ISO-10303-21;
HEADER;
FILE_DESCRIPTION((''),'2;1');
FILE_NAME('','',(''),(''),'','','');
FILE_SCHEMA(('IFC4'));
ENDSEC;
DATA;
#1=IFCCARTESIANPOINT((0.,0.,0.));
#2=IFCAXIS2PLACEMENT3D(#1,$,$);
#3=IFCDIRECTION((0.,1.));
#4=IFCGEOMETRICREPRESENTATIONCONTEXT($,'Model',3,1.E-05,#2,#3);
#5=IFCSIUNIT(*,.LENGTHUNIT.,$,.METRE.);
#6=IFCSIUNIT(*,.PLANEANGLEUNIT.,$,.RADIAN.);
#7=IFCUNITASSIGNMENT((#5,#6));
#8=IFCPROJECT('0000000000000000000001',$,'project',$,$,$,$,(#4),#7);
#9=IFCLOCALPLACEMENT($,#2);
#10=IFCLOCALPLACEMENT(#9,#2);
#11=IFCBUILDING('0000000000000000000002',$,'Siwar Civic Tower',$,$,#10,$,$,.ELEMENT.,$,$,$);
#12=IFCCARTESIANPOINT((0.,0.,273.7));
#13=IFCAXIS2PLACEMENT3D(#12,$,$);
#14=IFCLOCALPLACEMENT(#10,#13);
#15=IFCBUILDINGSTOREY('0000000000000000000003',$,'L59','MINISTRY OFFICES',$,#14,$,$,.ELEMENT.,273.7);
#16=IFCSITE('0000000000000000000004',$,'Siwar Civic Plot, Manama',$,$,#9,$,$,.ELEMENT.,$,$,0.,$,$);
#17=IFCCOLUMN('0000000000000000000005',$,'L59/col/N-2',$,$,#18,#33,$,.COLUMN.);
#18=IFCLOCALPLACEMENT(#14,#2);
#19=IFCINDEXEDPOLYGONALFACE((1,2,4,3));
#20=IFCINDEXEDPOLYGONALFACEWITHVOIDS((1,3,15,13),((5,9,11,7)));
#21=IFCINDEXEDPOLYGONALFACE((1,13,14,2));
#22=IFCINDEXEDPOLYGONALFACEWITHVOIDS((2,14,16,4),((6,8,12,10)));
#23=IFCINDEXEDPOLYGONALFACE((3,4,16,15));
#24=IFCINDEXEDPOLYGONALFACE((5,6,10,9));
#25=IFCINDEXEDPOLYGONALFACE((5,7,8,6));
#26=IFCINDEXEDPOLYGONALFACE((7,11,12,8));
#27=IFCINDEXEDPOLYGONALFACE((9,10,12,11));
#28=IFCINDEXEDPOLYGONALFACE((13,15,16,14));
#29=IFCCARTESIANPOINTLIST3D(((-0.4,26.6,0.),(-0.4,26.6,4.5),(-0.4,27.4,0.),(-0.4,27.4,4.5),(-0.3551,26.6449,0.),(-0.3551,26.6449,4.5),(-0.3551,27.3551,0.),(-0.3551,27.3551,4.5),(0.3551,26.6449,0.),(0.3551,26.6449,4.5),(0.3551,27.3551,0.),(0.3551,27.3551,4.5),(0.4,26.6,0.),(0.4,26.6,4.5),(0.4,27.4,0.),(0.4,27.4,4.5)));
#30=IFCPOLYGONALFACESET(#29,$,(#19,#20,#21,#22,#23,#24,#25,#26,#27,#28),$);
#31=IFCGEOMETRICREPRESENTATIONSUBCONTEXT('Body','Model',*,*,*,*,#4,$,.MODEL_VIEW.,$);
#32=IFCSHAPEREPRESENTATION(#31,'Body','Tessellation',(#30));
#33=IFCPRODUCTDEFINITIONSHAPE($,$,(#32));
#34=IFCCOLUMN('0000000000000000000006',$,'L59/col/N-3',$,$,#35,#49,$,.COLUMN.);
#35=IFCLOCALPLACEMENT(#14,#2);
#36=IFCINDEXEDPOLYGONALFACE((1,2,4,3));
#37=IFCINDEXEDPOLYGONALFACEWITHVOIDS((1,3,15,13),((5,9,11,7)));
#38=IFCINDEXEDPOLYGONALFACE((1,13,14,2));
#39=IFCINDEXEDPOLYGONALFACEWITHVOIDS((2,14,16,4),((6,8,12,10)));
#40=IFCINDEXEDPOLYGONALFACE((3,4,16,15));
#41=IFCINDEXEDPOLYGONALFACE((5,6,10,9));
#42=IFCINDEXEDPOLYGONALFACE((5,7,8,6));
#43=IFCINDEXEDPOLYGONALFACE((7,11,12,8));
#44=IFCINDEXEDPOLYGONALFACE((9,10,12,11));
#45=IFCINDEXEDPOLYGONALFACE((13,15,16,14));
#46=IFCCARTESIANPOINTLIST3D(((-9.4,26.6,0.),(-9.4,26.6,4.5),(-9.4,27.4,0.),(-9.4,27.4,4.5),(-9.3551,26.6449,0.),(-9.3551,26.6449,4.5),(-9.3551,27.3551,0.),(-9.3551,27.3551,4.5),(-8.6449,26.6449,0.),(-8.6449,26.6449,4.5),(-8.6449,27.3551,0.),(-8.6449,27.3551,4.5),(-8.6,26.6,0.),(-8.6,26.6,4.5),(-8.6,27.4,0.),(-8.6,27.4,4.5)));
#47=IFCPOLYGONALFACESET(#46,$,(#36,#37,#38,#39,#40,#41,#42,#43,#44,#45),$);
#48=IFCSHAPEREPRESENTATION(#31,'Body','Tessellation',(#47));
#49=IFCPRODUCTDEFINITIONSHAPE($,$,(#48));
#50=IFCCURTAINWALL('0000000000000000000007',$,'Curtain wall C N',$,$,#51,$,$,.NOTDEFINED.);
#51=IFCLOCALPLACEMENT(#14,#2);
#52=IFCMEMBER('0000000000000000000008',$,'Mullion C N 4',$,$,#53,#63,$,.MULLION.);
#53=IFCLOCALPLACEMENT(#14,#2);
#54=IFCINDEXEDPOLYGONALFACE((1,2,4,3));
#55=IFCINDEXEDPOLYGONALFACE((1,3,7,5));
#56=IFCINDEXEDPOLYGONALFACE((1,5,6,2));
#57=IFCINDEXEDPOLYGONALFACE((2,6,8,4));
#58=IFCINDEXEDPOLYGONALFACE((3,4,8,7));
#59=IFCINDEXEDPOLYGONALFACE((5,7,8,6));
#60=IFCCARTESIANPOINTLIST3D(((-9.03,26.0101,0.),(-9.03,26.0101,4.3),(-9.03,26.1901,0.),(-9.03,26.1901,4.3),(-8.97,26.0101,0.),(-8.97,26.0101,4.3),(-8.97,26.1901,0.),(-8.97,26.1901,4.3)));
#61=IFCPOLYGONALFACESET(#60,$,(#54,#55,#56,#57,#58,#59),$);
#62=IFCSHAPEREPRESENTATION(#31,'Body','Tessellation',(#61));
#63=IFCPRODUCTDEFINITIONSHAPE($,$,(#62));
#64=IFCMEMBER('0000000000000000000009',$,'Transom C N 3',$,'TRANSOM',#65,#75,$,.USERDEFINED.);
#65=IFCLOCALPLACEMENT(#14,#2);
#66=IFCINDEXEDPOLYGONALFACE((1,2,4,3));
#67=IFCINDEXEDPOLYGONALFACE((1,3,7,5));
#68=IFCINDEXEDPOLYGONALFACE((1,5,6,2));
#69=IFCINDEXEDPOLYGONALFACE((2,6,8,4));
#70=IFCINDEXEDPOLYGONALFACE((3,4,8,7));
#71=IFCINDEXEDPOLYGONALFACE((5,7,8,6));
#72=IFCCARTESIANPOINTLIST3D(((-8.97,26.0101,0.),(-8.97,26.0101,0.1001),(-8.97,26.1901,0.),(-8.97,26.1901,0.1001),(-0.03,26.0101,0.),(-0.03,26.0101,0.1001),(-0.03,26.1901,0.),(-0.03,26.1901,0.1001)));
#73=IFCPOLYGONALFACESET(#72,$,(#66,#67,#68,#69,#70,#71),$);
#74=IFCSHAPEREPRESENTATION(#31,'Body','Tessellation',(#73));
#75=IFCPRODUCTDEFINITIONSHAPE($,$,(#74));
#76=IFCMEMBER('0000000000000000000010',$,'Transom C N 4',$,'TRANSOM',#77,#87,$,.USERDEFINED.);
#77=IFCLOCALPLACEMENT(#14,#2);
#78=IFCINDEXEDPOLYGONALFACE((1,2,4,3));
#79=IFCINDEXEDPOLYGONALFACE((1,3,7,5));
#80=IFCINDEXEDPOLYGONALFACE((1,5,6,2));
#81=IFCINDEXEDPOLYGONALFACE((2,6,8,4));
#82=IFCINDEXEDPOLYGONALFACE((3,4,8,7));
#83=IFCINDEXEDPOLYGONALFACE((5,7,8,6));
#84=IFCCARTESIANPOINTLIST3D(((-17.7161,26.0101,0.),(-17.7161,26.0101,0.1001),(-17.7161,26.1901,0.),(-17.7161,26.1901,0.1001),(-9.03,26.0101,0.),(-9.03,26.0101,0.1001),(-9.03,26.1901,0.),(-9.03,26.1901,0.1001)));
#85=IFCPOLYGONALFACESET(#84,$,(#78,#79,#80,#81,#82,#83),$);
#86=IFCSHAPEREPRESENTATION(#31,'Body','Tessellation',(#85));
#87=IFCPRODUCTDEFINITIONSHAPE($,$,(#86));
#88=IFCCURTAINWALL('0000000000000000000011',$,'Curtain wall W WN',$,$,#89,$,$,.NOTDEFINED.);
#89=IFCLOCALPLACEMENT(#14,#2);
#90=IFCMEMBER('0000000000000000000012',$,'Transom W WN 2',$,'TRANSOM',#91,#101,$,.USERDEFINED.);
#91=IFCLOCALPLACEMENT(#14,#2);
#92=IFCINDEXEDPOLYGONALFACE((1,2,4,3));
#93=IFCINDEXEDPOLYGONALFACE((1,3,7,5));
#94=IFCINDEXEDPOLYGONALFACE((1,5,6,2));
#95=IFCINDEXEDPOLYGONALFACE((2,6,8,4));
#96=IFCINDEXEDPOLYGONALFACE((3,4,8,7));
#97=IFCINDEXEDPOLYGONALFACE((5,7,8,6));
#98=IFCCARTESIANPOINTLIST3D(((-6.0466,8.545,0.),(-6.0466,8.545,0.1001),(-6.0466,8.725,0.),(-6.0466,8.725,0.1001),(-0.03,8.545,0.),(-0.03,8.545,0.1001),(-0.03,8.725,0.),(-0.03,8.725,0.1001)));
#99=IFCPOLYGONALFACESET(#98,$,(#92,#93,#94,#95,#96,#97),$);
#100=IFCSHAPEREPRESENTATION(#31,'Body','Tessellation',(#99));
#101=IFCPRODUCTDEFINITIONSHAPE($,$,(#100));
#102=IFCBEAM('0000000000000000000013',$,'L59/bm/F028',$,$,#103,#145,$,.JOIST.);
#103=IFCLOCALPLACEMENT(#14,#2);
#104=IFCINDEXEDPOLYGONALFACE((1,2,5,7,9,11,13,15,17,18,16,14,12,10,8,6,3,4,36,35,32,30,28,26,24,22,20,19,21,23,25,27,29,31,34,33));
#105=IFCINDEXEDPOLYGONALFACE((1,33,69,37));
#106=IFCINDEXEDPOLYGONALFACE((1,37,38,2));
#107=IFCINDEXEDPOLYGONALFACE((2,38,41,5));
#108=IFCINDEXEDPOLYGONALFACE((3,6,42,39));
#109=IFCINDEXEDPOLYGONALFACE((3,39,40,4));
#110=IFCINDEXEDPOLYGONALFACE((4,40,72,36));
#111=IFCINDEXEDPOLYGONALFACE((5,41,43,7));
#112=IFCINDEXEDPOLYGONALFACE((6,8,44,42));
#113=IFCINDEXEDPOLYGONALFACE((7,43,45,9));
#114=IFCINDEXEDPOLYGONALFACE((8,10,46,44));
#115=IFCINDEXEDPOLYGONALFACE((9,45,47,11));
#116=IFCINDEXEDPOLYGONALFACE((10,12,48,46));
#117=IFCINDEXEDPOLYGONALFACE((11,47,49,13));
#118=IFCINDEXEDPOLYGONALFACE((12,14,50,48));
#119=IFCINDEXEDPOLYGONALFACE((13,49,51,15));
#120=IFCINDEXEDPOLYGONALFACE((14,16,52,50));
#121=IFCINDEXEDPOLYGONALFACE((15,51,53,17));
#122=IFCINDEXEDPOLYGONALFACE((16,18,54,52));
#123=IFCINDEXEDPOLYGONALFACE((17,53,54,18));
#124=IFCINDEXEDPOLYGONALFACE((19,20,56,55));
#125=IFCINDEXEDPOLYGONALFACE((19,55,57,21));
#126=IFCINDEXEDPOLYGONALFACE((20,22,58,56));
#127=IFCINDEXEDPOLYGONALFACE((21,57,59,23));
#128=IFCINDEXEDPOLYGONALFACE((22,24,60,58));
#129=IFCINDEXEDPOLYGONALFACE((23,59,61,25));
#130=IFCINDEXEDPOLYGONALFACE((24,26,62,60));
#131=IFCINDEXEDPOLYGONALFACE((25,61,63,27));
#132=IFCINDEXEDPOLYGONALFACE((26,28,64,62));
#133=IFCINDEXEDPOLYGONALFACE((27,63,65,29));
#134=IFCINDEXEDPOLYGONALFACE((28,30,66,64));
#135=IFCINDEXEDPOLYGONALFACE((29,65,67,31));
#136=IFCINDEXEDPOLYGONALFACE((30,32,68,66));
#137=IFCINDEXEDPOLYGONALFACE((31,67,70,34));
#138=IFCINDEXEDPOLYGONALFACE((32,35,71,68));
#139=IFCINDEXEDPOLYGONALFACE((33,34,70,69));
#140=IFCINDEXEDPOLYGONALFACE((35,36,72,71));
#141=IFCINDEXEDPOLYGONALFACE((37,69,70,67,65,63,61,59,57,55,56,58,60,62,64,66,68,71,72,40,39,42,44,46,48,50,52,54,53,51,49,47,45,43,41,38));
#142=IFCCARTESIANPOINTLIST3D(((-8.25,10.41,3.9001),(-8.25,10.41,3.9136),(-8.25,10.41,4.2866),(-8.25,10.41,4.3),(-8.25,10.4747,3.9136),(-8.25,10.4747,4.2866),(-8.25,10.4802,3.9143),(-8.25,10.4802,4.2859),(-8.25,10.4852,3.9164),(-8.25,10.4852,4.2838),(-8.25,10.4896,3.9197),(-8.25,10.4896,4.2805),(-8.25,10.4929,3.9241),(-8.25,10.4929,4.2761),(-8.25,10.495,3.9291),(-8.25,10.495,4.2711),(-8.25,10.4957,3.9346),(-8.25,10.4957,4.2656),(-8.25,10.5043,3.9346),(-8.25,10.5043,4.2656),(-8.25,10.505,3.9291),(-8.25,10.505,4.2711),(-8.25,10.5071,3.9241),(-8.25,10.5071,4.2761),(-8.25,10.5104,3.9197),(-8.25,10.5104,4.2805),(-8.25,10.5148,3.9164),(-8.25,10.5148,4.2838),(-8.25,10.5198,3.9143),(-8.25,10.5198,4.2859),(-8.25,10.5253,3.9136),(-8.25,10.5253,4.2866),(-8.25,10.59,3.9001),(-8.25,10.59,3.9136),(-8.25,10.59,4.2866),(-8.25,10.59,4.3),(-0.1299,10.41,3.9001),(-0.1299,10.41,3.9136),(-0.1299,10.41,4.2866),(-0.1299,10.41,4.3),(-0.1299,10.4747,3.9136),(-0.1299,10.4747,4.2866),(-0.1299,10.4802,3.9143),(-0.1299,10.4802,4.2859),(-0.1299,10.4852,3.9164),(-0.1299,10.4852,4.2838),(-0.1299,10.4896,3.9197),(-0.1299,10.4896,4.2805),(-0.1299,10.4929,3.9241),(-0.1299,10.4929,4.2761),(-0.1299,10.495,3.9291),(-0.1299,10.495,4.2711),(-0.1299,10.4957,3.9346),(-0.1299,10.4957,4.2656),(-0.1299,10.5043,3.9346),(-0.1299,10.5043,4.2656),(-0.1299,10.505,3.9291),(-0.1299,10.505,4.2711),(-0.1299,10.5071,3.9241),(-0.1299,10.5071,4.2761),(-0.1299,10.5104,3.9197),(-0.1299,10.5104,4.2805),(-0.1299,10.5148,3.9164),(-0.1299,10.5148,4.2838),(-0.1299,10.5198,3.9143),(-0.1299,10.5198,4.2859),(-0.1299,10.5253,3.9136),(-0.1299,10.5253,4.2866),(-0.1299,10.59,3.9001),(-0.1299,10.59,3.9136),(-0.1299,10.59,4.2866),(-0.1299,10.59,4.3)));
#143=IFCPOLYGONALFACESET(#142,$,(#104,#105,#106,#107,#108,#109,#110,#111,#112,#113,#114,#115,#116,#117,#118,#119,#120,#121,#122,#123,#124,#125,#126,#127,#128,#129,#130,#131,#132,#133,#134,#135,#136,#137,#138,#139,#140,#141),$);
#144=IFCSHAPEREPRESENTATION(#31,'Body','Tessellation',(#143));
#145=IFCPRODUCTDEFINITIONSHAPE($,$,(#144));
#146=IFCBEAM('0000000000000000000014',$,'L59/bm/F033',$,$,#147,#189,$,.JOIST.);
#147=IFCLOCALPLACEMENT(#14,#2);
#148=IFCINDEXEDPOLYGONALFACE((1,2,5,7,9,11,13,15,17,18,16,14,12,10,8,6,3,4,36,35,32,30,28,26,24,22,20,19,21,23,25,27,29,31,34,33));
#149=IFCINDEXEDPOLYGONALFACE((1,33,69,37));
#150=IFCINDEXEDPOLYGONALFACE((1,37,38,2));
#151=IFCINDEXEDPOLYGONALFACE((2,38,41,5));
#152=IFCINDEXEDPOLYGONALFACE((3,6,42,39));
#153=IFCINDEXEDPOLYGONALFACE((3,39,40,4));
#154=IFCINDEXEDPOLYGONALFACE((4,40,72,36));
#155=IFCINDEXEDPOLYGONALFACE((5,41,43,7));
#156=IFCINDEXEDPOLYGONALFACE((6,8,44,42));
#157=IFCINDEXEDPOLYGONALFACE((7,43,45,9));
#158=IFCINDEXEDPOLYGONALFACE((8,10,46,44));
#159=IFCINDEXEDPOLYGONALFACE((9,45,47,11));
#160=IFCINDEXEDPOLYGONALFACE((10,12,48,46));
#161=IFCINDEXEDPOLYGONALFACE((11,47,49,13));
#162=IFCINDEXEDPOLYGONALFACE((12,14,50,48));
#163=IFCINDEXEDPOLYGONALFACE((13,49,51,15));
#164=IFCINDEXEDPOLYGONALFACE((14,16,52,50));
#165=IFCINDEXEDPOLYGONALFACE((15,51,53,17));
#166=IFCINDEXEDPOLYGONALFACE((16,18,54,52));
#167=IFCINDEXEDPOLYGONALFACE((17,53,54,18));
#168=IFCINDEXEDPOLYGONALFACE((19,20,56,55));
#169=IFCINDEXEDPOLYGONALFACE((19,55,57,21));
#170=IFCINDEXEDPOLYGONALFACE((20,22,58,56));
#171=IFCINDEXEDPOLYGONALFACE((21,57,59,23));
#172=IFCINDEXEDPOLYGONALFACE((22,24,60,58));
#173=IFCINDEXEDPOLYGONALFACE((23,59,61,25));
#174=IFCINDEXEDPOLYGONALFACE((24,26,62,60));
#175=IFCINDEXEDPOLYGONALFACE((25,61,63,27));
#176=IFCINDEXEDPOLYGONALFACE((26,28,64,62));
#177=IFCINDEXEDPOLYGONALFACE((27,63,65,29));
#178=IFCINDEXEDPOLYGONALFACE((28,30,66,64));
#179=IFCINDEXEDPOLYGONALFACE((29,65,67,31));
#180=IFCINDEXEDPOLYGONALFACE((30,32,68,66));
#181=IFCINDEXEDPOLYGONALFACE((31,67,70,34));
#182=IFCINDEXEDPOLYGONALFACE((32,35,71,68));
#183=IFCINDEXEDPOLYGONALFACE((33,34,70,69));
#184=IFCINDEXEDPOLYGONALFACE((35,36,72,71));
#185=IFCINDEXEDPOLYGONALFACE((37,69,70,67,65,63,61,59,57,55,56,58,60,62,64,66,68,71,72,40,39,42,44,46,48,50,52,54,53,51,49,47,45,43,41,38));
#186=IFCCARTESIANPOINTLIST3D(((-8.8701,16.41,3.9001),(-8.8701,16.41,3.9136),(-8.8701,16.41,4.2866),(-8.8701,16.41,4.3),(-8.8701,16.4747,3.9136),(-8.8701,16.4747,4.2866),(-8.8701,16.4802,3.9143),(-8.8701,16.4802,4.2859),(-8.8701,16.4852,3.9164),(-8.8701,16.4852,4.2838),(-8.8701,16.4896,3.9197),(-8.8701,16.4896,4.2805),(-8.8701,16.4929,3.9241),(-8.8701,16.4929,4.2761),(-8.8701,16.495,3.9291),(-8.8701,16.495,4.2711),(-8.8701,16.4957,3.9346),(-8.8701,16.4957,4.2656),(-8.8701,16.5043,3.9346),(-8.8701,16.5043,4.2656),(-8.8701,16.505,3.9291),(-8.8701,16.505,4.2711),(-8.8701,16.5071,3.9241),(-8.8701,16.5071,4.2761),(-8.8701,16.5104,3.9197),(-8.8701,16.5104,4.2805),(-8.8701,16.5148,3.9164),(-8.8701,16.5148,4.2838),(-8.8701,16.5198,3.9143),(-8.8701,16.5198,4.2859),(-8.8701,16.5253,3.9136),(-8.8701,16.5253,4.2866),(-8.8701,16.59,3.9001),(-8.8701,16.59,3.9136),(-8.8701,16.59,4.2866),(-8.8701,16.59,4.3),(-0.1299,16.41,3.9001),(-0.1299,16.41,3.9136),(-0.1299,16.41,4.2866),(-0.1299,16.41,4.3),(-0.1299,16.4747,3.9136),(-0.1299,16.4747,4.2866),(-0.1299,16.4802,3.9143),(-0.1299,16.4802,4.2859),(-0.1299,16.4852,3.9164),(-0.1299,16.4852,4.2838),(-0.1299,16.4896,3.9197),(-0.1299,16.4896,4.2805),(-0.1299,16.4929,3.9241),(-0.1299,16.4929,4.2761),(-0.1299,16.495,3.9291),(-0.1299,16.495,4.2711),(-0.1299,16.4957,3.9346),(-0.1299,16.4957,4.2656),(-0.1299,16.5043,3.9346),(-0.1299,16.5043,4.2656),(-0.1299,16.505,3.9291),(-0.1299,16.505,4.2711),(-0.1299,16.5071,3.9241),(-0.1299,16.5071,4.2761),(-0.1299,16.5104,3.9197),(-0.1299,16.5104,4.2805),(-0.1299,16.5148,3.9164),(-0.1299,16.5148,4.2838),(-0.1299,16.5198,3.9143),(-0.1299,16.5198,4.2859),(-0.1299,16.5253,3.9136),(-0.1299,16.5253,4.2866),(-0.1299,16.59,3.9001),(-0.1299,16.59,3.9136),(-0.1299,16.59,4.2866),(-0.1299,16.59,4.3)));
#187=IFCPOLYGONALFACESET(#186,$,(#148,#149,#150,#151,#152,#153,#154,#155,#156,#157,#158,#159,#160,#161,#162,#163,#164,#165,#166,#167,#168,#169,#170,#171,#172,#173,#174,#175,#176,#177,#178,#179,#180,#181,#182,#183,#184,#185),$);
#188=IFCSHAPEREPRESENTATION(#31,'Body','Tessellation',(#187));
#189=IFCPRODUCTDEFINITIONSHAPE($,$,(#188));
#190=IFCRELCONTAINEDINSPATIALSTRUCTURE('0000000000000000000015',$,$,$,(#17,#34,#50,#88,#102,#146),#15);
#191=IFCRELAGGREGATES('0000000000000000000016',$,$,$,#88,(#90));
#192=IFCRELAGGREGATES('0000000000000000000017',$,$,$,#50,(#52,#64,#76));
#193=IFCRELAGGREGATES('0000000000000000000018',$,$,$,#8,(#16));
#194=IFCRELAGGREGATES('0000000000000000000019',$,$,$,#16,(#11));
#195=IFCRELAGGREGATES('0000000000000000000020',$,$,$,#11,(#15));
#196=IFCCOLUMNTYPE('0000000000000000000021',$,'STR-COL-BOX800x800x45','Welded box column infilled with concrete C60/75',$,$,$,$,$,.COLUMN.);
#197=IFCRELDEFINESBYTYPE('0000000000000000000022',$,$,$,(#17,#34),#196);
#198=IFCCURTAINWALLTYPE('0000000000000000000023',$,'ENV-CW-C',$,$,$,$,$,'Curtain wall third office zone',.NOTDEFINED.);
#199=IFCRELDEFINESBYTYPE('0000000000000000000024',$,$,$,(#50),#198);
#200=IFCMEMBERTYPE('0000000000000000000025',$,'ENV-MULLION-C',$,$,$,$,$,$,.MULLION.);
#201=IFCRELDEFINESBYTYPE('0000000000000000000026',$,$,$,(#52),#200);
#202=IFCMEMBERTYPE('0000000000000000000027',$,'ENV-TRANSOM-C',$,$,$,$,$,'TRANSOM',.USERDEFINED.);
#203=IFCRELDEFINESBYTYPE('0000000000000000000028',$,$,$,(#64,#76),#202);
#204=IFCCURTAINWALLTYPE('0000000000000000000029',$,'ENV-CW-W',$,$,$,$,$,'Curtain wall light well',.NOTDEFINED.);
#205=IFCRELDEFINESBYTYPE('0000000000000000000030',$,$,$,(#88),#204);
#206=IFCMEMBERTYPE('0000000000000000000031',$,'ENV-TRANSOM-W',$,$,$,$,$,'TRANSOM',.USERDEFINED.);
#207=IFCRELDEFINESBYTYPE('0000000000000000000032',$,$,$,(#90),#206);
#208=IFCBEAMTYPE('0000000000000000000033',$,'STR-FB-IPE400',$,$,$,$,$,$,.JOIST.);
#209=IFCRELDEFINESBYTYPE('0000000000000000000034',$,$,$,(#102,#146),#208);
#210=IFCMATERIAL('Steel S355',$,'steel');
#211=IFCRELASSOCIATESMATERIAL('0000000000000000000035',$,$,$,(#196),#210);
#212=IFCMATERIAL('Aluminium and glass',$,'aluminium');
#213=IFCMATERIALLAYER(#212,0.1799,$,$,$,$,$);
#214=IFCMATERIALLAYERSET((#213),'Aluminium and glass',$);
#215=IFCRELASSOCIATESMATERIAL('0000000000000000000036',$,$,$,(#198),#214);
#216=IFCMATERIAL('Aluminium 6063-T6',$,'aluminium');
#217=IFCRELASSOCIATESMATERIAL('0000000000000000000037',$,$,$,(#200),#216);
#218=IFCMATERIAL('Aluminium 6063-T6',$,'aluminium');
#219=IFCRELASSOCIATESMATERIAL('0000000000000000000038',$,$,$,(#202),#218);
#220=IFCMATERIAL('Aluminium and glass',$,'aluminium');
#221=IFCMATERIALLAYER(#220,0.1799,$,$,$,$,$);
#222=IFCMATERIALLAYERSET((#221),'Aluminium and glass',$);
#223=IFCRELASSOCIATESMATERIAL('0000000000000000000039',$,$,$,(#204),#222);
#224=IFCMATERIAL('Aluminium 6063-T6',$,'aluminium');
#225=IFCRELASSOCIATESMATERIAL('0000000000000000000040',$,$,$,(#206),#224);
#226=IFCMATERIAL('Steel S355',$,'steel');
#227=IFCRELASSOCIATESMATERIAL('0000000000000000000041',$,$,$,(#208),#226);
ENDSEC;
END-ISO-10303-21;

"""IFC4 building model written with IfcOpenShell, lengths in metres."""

from ifc_helpers import new_model, si_unit, direction, frame, origin, origin_2d, place, context, subcontext, project, spatial, rectangle, hollow_rectangle, i_section, extrude, material, layer, layer_set, material_profile, profile_set, type_object, element, aggregate, save


model = new_model("IFC4")

# Units and contexts
model_context = context("Model", 3, precision=1e-05, world=origin(), true_north=direction((0.0, 1.0)))
body_context = subcontext(model_context, "Body", "Model", "MODEL_VIEW")
ifc_project = project(units=[si_unit("LENGTHUNIT", "METRE"), si_unit("PLANEANGLEUNIT", "RADIAN")], contexts=[model_context])

# Site, building, storey
site_placement = place(None, origin())
site = spatial("IfcSite", under=ifc_project, at=site_placement, Name="Siwar Civic Plot, Manama", CompositionType="ELEMENT", RefElevation=0.0)
building_placement = place(site_placement, origin())
building = spatial("IfcBuilding", under=site, at=building_placement, Name="Siwar Civic Tower", CompositionType="ELEMENT")
storey_placement = place(building_placement, frame((0.0, 0.0, 273.7)))
storey = spatial("IfcBuildingStorey", under=building, at=storey_placement, Name="L59", Description="MINISTRY OFFICES", CompositionType="ELEMENT", Elevation=273.7)

# Columns
ifc_material_1 = material(Name="Steel S355", Category="steel")
ifc_material_profile_1 = material_profile(ifc_material_1, hollow_rectangle(XDim=0.8, YDim=0.8, WallThickness=0.0449, at=origin_2d()), Name="BOX800x800x45")
ifc_profile_set_1 = profile_set([ifc_material_profile_1], Name="Steel S355")
column_type = type_object("IfcColumnType", Name="STR-COL-BOX800x800x45", Description="Welded box column infilled with concrete C60/75", PredefinedType="COLUMN", material=ifc_profile_set_1)
for number, where, z_axis, x_axis, name in (
    (1, (0.0, 27.0, 0.0), (0.0, 0.0, 1.0), (1.0, 0.0, 0.0), "L59/col/N-2"),
    (2, (-9.0, 27.0, 0.0), (0.0, 0.0, 1.0), (1.0, 0.0, 0.0), "L59/col/N-3"),
):
    element("IfcColumn", number, at=place(storey_placement, frame(where, z_axis=z_axis, x_axis=x_axis)), inside=storey, type_object=column_type, Name=name, PredefinedType="COLUMN", context=body_context, shape_type="SweptSolid", body=[
        extrude(hollow_rectangle(XDim=0.8, YDim=0.8, WallThickness=0.0449, at=origin_2d()), origin(), (0.0, 0.0, 1.0), 4.5),
    ])

# Curtain wall, members
ifc_material_2 = material(Name="Aluminium and glass", Category="aluminium")
ifc_layer_1 = layer(ifc_material_2, 0.1799)
ifc_layer_set_1 = layer_set([ifc_layer_1], Name="Aluminium and glass")
curtain_wall_type_1 = type_object("IfcCurtainWallType", Name="ENV-CW-C", ElementType="Curtain wall third office zone", PredefinedType="NOTDEFINED", material=ifc_layer_set_1)
curtain_wall_1_placement = place(storey_placement, origin())
curtain_wall_1 = element("IfcCurtainWall", 3, at=curtain_wall_1_placement, inside=storey, type_object=curtain_wall_type_1, Name="Curtain wall C N", PredefinedType="NOTDEFINED")
ifc_material_3 = material(Name="Aluminium 6063-T6", Category="aluminium")
ifc_material_profile_2 = material_profile(ifc_material_3, rectangle(XDim=0.1799, YDim=0.0601, at=origin_2d()), Name="AL 180x60")
ifc_profile_set_2 = profile_set([ifc_material_profile_2], Name="Aluminium 6063-T6")
member_type_1 = type_object("IfcMemberType", Name="ENV-MULLION-C", PredefinedType="MULLION", material=ifc_profile_set_2)
member_1_placement = place(storey_placement, frame((-9.0, 26.1001, 0.0), z_axis=(0.0, 0.0, 1.0), x_axis=(0.0, -1.0, 0.0)))
member_1 = element("IfcMember", 4, at=member_1_placement, type_object=member_type_1, Name="Mullion C N 4", PredefinedType="MULLION", context=body_context, shape_type="SweptSolid", body=[
    extrude(rectangle(XDim=0.1799, YDim=0.0601, at=origin_2d()), origin(), (0.0, 0.0, 1.0), 4.3),
])
ifc_material_4 = material(Name="Aluminium 6063-T6", Category="aluminium")
ifc_material_profile_3 = material_profile(ifc_material_4, rectangle(XDim=0.1799, YDim=0.1001, at=origin_2d()), Name="AL 180x100")
ifc_profile_set_3 = profile_set([ifc_material_profile_3], Name="Aluminium 6063-T6")
member_type_2 = type_object("IfcMemberType", Name="ENV-TRANSOM-C", ElementType="TRANSOM", PredefinedType="USERDEFINED", material=ifc_profile_set_3)
member_2_placement = place(storey_placement, frame((-0.03, 26.1001, 0.05), z_axis=(-1.0, 0.0, 0.0), x_axis=(0.0, -1.0, 0.0)))
member_2 = element("IfcMember", 5, at=member_2_placement, type_object=member_type_2, Name="Transom C N 3", ObjectType="TRANSOM", PredefinedType="USERDEFINED", context=body_context, shape_type="SweptSolid", body=[
    extrude(rectangle(XDim=0.1799, YDim=0.1001, at=origin_2d()), origin(), (0.0, 0.0, 1.0), 8.9399),
])
member_3_placement = place(storey_placement, frame((-9.03, 26.1001, 0.05), z_axis=(-1.0, 0.0, 0.0), x_axis=(0.0, -1.0, 0.0)))
member_3 = element("IfcMember", 6, at=member_3_placement, type_object=member_type_2, Name="Transom C N 4", ObjectType="TRANSOM", PredefinedType="USERDEFINED", context=body_context, shape_type="SweptSolid", body=[
    extrude(rectangle(XDim=0.1799, YDim=0.1001, at=origin_2d()), origin(), (0.0, 0.0, 1.0), 8.686),
])

# Curtain wall, member
ifc_material_5 = material(Name="Aluminium and glass", Category="aluminium")
ifc_layer_2 = layer(ifc_material_5, 0.1799)
ifc_layer_set_2 = layer_set([ifc_layer_2], Name="Aluminium and glass")
curtain_wall_type_2 = type_object("IfcCurtainWallType", Name="ENV-CW-W", ElementType="Curtain wall light well", PredefinedType="NOTDEFINED", material=ifc_layer_set_2)
curtain_wall_2_placement = place(storey_placement, origin())
curtain_wall_2 = element("IfcCurtainWall", 7, at=curtain_wall_2_placement, inside=storey, type_object=curtain_wall_type_2, Name="Curtain wall W WN", PredefinedType="NOTDEFINED")
ifc_material_6 = material(Name="Aluminium 6063-T6", Category="aluminium")
ifc_material_profile_4 = material_profile(ifc_material_6, rectangle(XDim=0.1799, YDim=0.1001, at=origin_2d()), Name="AL 180x100")
ifc_profile_set_4 = profile_set([ifc_material_profile_4], Name="Aluminium 6063-T6")
member_type_3 = type_object("IfcMemberType", Name="ENV-TRANSOM-W", ElementType="TRANSOM", PredefinedType="USERDEFINED", material=ifc_profile_set_4)
member_4_placement = place(storey_placement, frame((-0.03, 8.635, 0.05), z_axis=(-1.0, 0.0, 0.0), x_axis=(0.0, -1.0, 0.0)))
member_4 = element("IfcMember", 8, at=member_4_placement, type_object=member_type_3, Name="Transom W WN 2", ObjectType="TRANSOM", PredefinedType="USERDEFINED", context=body_context, shape_type="SweptSolid", body=[
    extrude(rectangle(XDim=0.1799, YDim=0.1001, at=origin_2d()), origin(), (0.0, 0.0, 1.0), 6.0166),
])
aggregate(curtain_wall_2, [member_4])

# Beams
ifc_material_7 = material(Name="Steel S355", Category="steel")
ifc_material_profile_5 = material_profile(ifc_material_7, i_section(OverallWidth=0.1799, OverallDepth=0.3999, WebThickness=0.0085, FlangeThickness=0.0134, FilletRadius=0.021, at=origin_2d()), Name="IPE400")
ifc_profile_set_5 = profile_set([ifc_material_profile_5], Name="Steel S355")
beam_type_1 = type_object("IfcBeamType", Name="STR-FB-IPE400", PredefinedType="JOIST", material=ifc_profile_set_5)
beam_1_placement = place(storey_placement, frame((-8.25, 10.5, 4.1001), z_axis=(1.0, 0.0, 0.0), x_axis=(0.0, 1.0, 0.0)))
element("IfcBeam", 9, at=beam_1_placement, inside=storey, type_object=beam_type_1, Name="L59/bm/F028", PredefinedType="JOIST", context=body_context, shape_type="SweptSolid", body=[
    extrude(i_section(OverallWidth=0.1799, OverallDepth=0.3999, WebThickness=0.0085, FlangeThickness=0.0134, FilletRadius=0.021, at=origin_2d()), origin(), (0.0, 0.0, 1.0), 8.1201),
])
for number, where, z_axis, x_axis, name in (
    (10, (-8.8701, 16.5, 4.1001), (1.0, 0.0, 0.0), (0.0, 1.0, 0.0), "L59/bm/F033"),
):
    element("IfcBeam", number, at=place(storey_placement, frame(where, z_axis=z_axis, x_axis=x_axis)), inside=storey, type_object=beam_type_1, Name=name, PredefinedType="JOIST", context=body_context, shape_type="SweptSolid", body=[
        extrude(i_section(OverallWidth=0.1799, OverallDepth=0.3999, WebThickness=0.0085, FlangeThickness=0.0134, FilletRadius=0.021, at=origin_2d()), origin(), (0.0, 0.0, 1.0), 8.7402),
    ])

aggregate(curtain_wall_1, [member_1, member_2, member_3])

save(model, "model.ifc")
